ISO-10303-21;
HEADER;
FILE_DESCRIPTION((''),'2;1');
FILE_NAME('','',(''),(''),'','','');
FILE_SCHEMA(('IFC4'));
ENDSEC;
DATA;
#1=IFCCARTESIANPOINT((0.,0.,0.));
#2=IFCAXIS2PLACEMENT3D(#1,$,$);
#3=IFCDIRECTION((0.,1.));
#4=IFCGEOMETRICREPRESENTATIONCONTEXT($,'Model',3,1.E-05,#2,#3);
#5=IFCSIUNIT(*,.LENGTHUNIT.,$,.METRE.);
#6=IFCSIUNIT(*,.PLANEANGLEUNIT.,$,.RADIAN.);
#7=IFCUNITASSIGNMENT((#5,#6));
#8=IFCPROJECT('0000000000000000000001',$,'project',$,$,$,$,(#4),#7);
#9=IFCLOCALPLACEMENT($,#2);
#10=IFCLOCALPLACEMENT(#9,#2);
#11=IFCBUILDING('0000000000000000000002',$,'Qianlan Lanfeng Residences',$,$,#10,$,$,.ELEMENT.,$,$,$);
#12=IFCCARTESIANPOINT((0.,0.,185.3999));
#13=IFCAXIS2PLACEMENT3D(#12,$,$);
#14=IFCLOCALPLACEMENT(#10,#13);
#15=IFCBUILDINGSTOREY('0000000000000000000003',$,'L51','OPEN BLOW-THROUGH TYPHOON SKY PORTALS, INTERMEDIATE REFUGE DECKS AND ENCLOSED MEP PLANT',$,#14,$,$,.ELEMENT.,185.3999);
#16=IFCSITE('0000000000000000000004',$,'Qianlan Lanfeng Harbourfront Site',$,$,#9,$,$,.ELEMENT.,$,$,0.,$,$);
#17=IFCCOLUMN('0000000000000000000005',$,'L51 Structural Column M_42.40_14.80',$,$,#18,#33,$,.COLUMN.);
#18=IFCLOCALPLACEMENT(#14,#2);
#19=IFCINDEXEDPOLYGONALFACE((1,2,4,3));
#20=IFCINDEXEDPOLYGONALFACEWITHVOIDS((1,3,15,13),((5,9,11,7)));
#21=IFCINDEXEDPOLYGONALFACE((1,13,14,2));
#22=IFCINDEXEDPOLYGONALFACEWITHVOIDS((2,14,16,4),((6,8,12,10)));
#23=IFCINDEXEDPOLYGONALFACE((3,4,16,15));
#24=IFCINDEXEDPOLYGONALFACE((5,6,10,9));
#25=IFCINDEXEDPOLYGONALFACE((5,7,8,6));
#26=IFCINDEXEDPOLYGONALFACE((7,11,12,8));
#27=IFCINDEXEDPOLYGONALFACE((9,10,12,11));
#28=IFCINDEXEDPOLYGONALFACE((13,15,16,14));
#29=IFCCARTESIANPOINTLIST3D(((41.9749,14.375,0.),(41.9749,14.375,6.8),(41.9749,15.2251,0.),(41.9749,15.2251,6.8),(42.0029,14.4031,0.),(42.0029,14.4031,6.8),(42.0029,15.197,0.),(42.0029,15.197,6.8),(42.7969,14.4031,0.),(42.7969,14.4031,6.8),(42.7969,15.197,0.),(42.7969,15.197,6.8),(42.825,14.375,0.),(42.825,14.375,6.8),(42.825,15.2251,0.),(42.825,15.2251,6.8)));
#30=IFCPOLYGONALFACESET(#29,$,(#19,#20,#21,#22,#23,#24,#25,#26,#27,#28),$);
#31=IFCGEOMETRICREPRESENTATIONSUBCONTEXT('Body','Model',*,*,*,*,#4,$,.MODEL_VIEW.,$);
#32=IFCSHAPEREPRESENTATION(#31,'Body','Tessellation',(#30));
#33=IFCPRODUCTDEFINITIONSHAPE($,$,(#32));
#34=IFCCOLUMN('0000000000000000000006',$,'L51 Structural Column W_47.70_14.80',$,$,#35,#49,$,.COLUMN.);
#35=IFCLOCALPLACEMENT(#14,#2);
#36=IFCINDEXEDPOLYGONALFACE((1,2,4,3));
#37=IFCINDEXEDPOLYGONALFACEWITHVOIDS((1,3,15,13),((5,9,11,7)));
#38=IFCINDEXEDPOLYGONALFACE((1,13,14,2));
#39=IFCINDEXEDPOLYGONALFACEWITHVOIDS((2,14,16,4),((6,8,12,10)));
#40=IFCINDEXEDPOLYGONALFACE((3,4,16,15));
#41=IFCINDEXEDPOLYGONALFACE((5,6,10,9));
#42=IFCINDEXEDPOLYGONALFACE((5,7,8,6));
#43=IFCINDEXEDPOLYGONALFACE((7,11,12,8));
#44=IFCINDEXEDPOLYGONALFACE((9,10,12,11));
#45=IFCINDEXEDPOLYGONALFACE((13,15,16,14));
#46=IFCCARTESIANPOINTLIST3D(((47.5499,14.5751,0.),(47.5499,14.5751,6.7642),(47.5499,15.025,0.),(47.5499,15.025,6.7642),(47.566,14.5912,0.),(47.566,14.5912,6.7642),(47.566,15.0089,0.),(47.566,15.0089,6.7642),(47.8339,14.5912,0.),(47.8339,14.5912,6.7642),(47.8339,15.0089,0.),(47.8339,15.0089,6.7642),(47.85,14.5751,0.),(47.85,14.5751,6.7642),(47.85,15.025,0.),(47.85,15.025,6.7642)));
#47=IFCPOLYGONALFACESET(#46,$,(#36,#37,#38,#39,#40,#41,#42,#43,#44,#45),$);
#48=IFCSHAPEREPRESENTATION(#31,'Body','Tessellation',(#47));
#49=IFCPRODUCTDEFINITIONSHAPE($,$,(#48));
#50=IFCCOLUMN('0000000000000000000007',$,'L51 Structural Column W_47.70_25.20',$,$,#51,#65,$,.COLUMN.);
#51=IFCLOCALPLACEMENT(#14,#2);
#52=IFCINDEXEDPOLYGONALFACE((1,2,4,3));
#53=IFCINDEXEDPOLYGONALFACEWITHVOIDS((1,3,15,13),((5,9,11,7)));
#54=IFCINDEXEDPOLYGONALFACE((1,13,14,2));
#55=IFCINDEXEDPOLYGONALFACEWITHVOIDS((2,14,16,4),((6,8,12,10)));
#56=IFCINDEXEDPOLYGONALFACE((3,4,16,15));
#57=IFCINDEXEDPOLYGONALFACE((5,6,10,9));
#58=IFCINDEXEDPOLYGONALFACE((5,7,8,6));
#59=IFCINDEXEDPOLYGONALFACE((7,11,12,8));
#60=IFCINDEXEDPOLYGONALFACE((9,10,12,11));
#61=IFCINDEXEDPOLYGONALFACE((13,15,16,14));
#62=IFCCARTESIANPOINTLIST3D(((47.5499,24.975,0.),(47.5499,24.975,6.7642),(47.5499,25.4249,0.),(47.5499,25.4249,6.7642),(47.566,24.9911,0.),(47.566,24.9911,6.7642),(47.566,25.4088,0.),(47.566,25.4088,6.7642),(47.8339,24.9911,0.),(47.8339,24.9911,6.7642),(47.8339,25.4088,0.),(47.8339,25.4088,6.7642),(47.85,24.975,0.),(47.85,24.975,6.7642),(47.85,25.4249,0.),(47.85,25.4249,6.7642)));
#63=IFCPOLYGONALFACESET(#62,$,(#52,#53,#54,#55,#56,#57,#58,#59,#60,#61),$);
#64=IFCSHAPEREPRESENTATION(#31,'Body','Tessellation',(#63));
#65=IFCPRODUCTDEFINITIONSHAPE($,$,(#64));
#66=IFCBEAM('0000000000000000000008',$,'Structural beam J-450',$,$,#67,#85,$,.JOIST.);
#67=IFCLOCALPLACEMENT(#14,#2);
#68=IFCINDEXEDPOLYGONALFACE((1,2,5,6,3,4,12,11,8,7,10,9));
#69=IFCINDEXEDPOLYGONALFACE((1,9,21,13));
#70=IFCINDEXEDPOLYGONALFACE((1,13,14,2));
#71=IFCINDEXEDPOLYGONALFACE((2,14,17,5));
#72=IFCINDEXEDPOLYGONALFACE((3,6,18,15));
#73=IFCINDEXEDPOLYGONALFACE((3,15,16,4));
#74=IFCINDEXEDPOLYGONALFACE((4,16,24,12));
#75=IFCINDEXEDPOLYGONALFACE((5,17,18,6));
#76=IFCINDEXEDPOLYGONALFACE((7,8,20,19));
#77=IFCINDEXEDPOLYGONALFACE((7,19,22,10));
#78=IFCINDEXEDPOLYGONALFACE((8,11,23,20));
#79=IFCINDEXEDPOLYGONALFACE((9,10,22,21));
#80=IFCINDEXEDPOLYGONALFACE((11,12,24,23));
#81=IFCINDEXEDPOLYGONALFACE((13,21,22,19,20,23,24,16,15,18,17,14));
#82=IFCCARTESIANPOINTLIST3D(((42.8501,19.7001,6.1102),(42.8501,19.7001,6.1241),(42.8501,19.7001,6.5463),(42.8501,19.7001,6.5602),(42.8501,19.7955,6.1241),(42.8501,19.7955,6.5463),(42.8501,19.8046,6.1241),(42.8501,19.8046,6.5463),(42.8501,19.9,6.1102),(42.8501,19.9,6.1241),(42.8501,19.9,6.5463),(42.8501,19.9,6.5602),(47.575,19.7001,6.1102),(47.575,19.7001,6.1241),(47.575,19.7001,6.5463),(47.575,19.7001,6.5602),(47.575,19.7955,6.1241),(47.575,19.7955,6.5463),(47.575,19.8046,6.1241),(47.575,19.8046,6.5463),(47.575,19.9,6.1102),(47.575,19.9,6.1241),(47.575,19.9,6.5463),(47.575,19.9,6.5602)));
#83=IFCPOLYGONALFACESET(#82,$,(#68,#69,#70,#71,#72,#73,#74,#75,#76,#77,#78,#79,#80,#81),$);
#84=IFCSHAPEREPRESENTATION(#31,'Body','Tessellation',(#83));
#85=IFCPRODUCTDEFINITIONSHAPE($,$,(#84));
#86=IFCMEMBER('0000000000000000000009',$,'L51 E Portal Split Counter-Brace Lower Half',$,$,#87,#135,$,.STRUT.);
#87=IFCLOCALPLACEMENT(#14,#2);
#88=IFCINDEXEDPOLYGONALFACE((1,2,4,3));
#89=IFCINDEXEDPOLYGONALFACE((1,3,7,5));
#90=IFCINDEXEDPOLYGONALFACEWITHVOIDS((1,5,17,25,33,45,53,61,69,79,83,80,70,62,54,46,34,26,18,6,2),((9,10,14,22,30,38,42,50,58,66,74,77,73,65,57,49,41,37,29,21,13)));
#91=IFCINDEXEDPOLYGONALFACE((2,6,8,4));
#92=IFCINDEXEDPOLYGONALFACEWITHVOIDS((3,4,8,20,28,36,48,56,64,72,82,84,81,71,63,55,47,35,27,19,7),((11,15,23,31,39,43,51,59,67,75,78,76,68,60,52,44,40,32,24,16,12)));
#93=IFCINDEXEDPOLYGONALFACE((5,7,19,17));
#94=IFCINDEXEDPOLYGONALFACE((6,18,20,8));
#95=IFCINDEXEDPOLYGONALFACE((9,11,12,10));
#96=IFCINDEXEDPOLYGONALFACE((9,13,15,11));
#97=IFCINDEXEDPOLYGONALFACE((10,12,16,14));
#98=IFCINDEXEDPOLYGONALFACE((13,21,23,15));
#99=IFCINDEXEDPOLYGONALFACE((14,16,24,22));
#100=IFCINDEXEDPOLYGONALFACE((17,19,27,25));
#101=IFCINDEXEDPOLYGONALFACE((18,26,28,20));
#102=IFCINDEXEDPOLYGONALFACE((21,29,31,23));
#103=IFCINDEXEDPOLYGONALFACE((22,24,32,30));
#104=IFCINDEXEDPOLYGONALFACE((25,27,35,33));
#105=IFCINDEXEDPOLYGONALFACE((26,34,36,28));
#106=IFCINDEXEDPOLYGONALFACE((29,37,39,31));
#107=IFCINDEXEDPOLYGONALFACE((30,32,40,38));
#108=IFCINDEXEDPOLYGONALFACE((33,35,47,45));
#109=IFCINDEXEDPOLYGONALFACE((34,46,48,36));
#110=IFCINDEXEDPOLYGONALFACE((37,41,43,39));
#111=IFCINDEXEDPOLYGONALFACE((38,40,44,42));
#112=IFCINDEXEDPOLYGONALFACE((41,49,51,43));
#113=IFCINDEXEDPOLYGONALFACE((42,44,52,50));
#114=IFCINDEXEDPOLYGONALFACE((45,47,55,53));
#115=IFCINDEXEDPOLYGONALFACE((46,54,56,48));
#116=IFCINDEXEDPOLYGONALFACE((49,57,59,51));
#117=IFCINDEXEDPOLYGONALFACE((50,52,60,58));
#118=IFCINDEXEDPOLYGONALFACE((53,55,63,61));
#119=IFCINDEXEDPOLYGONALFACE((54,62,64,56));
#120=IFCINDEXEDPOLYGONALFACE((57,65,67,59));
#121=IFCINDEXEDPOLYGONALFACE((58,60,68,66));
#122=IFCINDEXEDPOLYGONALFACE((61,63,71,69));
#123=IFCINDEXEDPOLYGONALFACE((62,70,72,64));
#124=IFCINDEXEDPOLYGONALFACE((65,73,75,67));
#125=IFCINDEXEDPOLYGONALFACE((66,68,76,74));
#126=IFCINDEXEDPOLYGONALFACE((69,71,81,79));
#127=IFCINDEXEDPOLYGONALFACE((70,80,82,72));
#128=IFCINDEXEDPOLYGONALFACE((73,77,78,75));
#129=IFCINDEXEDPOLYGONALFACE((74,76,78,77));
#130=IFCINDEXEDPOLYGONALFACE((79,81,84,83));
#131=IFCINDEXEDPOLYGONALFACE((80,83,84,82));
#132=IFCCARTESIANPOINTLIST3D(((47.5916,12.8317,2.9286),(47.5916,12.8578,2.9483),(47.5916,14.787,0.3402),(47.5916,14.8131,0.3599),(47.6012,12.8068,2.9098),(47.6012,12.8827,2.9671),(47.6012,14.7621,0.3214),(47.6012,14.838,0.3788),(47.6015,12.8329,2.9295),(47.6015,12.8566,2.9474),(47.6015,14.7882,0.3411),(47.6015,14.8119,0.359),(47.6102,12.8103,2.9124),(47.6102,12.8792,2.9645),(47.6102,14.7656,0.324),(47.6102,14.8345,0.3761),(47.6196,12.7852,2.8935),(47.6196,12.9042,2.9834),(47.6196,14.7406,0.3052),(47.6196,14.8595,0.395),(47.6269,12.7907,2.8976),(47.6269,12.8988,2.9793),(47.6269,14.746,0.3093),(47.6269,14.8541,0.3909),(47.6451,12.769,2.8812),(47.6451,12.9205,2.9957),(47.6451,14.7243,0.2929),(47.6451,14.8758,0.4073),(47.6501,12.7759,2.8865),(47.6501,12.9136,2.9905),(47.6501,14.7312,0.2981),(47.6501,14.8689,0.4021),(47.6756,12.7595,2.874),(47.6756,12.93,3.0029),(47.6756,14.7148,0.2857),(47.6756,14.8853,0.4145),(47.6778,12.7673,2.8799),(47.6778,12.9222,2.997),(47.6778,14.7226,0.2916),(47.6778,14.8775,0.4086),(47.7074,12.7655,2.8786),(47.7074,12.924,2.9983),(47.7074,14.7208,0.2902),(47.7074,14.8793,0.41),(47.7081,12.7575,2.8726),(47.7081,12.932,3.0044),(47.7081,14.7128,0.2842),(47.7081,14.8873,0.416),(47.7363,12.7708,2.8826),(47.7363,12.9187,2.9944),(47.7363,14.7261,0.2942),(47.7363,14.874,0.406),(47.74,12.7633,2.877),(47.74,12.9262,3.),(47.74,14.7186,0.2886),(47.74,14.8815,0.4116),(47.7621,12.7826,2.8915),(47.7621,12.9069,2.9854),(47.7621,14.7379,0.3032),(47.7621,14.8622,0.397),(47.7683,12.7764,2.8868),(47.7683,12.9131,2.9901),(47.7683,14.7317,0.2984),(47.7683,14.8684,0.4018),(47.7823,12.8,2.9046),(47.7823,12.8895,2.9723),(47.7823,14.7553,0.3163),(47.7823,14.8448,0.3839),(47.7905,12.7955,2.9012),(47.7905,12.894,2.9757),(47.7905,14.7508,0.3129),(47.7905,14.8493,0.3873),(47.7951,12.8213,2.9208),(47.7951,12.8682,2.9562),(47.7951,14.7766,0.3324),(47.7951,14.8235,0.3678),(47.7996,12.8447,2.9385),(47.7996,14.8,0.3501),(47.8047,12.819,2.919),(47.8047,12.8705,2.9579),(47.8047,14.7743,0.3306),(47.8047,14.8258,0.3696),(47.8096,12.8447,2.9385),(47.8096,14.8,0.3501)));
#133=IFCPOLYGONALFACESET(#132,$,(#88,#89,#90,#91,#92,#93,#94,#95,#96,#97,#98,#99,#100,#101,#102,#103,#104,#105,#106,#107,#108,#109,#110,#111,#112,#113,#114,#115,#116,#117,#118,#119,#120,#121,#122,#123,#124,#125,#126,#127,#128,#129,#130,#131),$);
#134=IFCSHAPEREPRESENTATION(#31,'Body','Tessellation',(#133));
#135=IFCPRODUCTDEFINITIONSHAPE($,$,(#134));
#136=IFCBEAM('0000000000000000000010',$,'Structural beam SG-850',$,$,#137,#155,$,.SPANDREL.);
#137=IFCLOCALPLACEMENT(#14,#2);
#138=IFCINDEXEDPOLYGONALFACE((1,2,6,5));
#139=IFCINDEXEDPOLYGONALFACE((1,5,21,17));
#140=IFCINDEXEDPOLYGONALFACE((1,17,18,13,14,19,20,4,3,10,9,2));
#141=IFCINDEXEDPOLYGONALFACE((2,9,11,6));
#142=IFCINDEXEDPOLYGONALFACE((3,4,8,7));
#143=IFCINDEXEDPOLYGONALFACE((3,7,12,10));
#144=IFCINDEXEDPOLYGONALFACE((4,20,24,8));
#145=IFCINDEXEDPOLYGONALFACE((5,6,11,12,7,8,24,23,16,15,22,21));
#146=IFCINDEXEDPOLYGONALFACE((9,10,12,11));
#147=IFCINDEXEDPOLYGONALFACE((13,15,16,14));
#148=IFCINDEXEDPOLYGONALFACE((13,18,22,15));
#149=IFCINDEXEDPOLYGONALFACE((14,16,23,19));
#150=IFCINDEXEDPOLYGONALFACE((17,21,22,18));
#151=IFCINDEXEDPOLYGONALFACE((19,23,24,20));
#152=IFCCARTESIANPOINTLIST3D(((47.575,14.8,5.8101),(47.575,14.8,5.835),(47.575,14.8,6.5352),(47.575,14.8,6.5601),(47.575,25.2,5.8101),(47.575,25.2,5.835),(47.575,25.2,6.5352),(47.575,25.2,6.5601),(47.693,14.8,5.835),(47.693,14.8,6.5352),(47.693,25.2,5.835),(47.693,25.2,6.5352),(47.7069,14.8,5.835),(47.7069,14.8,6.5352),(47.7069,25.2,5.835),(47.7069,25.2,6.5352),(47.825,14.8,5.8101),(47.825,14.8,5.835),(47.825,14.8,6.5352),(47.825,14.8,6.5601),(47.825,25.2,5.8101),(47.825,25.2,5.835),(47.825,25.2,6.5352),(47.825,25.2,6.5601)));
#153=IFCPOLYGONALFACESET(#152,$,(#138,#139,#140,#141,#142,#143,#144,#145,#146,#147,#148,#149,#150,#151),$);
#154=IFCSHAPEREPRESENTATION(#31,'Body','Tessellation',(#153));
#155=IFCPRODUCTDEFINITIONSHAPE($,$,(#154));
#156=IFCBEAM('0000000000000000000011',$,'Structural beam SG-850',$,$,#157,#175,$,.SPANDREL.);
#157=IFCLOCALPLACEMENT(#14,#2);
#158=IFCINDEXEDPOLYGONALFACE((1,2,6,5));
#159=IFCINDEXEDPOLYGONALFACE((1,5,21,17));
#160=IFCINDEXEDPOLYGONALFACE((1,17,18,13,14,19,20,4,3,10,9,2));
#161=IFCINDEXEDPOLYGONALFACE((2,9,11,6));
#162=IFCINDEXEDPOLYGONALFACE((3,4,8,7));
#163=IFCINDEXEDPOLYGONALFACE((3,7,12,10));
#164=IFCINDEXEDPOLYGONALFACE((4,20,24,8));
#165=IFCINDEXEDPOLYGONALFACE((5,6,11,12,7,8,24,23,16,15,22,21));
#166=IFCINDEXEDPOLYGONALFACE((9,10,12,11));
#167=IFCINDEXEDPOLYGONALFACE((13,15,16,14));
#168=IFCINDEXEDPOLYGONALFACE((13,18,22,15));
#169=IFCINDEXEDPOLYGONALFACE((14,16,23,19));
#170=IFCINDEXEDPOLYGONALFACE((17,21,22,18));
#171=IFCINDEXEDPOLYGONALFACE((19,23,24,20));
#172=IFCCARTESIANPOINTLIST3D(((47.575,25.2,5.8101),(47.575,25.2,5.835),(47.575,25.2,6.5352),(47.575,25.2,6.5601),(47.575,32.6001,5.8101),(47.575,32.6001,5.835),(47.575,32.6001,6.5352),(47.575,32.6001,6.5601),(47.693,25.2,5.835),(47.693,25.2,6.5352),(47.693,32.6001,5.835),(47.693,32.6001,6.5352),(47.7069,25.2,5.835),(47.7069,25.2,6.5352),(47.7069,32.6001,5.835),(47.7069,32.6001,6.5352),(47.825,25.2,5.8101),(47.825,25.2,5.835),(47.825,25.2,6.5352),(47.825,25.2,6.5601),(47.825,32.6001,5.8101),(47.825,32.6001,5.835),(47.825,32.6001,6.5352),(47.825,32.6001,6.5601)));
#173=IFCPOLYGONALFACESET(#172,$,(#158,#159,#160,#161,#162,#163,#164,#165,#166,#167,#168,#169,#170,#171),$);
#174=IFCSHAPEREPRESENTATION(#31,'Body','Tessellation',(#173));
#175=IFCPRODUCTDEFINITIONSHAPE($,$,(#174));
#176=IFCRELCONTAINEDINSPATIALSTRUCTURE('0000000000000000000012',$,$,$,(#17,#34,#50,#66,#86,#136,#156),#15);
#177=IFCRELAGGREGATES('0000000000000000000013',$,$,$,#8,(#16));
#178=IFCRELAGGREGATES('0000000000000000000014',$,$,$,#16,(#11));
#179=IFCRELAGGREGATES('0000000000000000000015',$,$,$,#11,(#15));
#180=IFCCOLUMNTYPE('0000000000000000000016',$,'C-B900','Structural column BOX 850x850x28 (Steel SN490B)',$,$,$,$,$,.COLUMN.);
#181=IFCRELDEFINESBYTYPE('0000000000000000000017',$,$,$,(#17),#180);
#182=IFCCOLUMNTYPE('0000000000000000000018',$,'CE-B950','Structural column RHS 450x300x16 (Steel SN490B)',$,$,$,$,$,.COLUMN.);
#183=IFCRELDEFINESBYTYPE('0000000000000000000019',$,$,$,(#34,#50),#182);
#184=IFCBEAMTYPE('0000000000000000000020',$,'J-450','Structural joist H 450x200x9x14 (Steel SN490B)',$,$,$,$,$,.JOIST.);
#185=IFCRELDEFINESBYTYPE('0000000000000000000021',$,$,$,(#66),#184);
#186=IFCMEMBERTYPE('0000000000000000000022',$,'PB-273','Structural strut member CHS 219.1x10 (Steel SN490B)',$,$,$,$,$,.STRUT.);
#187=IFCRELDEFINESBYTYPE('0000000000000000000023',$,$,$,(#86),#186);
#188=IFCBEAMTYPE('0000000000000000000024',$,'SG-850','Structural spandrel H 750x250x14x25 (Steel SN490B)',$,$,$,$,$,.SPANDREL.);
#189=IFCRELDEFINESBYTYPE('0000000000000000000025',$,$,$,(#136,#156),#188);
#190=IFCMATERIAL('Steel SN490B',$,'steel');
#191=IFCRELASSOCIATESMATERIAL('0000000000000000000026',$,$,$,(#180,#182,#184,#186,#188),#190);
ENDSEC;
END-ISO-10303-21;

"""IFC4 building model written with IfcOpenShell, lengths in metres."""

from ifc_helpers import new_model, si_unit, direction, frame, origin, origin_2d, place, context, subcontext, project, spatial, hollow_rectangle, hollow_circle, i_section, extrude, material, material_profile, profile_set, type_object, element, save


model = new_model("IFC4")

# Units and contexts
model_context = context("Model", 3, precision=1e-05, world=origin(), true_north=direction((0.0, 1.0)))
body_context = subcontext(model_context, "Body", "Model", "MODEL_VIEW")
ifc_project = project(units=[si_unit("LENGTHUNIT", "METRE"), si_unit("PLANEANGLEUNIT", "RADIAN")], contexts=[model_context])

# Site, building, storey
site_placement = place(None, origin())
site = spatial("IfcSite", under=ifc_project, at=site_placement, Name="Qianlan Lanfeng Harbourfront Site", CompositionType="ELEMENT", RefElevation=0.0)
building_placement = place(site_placement, origin())
building = spatial("IfcBuilding", under=site, at=building_placement, Name="Qianlan Lanfeng Residences", CompositionType="ELEMENT")
storey_placement = place(building_placement, frame((0.0, 0.0, 185.3999)))
storey = spatial("IfcBuildingStorey", under=building, at=storey_placement, Name="L51", Description="OPEN BLOW-THROUGH TYPHOON SKY PORTALS, INTERMEDIATE REFUGE DECKS AND ENCLOSED MEP PLANT", CompositionType="ELEMENT", Elevation=185.3999)

# Columns
ifc_material_1 = material(Name="Steel SN490B", Category="steel")
ifc_material_profile_1 = material_profile(ifc_material_1, hollow_rectangle(XDim=0.8501, YDim=0.8501, WallThickness=0.0281, at=origin_2d()), Name="BOX 850x850x28")
ifc_profile_set_1 = profile_set([ifc_material_profile_1], Name="Steel SN490B")
column_type_1 = type_object("IfcColumnType", Name="C-B900", Description="Structural column BOX 850x850x28 (Steel SN490B)", PredefinedType="COLUMN", material=ifc_profile_set_1)
column_placement = place(storey_placement, frame((42.3999, 14.8, 0.0), z_axis=(0.0, 0.0, 1.0), x_axis=(1.0, 0.0, 0.0)))
element("IfcColumn", 1, at=column_placement, inside=storey, type_object=column_type_1, Name="L51 Structural Column M_42.40_14.80", PredefinedType="COLUMN", context=body_context, shape_type="SweptSolid", body=[
    extrude(hollow_rectangle(XDim=0.8501, YDim=0.8501, WallThickness=0.0281, at=origin_2d()), origin(), (0.0, 0.0, 1.0), 6.8),
])
ifc_material_profile_2 = material_profile(ifc_material_1, hollow_rectangle(XDim=0.3, YDim=0.45, WallThickness=0.0161, at=origin_2d()), Name="RHS 450x300x16")
ifc_profile_set_2 = profile_set([ifc_material_profile_2], Name="Steel SN490B")
column_type_2 = type_object("IfcColumnType", Name="CE-B950", Description="Structural column RHS 450x300x16 (Steel SN490B)", PredefinedType="COLUMN", material=ifc_profile_set_2)
for number, where, z_axis, x_axis, name in (
    (2, (47.7, 14.8, 0.0), (0.0, 0.0, 1.0), (1.0, 0.0, 0.0), "L51 Structural Column W_47.70_14.80"),
    (3, (47.7, 25.2, 0.0), (0.0, 0.0, 1.0), (1.0, 0.0, 0.0), "L51 Structural Column W_47.70_25.20"),
):
    element("IfcColumn", number, at=place(storey_placement, frame(where, z_axis=z_axis, x_axis=x_axis)), inside=storey, type_object=column_type_2, Name=name, PredefinedType="COLUMN", context=body_context, shape_type="SweptSolid", body=[
        extrude(hollow_rectangle(XDim=0.3, YDim=0.45, WallThickness=0.0161, at=origin_2d()), origin(), (0.0, 0.0, 1.0), 6.7642),
    ])

# Beam
ifc_material_profile_3 = material_profile(ifc_material_1, i_section(OverallWidth=0.2, OverallDepth=0.45, WebThickness=0.009, FlangeThickness=0.0139, at=origin_2d()), Name="H 450x200x9x14")
ifc_profile_set_3 = profile_set([ifc_material_profile_3], Name="Steel SN490B")
beam_type_1 = type_object("IfcBeamType", Name="J-450", Description="Structural joist H 450x200x9x14 (Steel SN490B)", PredefinedType="JOIST", material=ifc_profile_set_3)
beam_1_placement = place(storey_placement, frame((42.8501, 19.8, 6.3352), z_axis=(1.0, 0.0, 0.0), x_axis=(0.0, 1.0, 0.0)))
element("IfcBeam", 4, at=beam_1_placement, inside=storey, type_object=beam_type_1, Name="Structural beam J-450", PredefinedType="JOIST", context=body_context, shape_type="SweptSolid", body=[
    extrude(i_section(OverallWidth=0.2, OverallDepth=0.45, WebThickness=0.009, FlangeThickness=0.0139, at=origin_2d()), origin(), (0.0, 0.0, 1.0), 4.7249),
])

# Member
ifc_material_profile_4 = material_profile(ifc_material_1, hollow_circle(Radius=0.1096, WallThickness=0.01, at=origin_2d()), Name="CHS 219.1x10")
ifc_profile_set_4 = profile_set([ifc_material_profile_4], Name="Steel SN490B")
member_type = type_object("IfcMemberType", Name="PB-273", Description="Structural strut member CHS 219.1x10 (Steel SN490B)", PredefinedType="STRUT", material=ifc_profile_set_4)
member_placement = place(storey_placement, frame((47.7, 14.8, 0.3501), z_axis=(0.0, -0.602766, 0.797918), x_axis=(1.0, 0.0, 0.0)))
element("IfcMember", 5, at=member_placement, inside=storey, type_object=member_type, Name="L51 E Portal Split Counter-Brace Lower Half", PredefinedType="STRUT", context=body_context, shape_type="SweptSolid", body=[
    extrude(hollow_circle(Radius=0.1096, WallThickness=0.01, at=origin_2d()), origin(), (0.0, 0.0, 1.0), 3.2439),
])

# Beams
ifc_material_profile_5 = material_profile(ifc_material_1, i_section(OverallWidth=0.25, OverallDepth=0.75, WebThickness=0.0139, FlangeThickness=0.0249, at=origin_2d()), Name="H 750x250x14x25")
ifc_profile_set_5 = profile_set([ifc_material_profile_5], Name="Steel SN490B")
beam_type_2 = type_object("IfcBeamType", Name="SG-850", Description="Structural spandrel H 750x250x14x25 (Steel SN490B)", PredefinedType="SPANDREL", material=ifc_profile_set_5)
beam_2_placement = place(storey_placement, frame((47.7, 14.8, 6.1851), z_axis=(0.0, 1.0, 0.0), x_axis=(-1.0, 0.0, 0.0)))
element("IfcBeam", 6, at=beam_2_placement, inside=storey, type_object=beam_type_2, Name="Structural beam SG-850", PredefinedType="SPANDREL", context=body_context, shape_type="SweptSolid", body=[
    extrude(i_section(OverallWidth=0.25, OverallDepth=0.75, WebThickness=0.0139, FlangeThickness=0.0249, at=origin_2d()), origin(), (0.0, 0.0, 1.0), 10.3999),
])
beam_3_placement = place(storey_placement, frame((47.7, 25.2, 6.1851), z_axis=(0.0, 1.0, 0.0), x_axis=(-1.0, 0.0, 0.0)))
element("IfcBeam", 7, at=beam_3_placement, inside=storey, type_object=beam_type_2, Name="Structural beam SG-850", PredefinedType="SPANDREL", context=body_context, shape_type="SweptSolid", body=[
    extrude(i_section(OverallWidth=0.25, OverallDepth=0.75, WebThickness=0.0139, FlangeThickness=0.0249, at=origin_2d()), origin(), (0.0, 0.0, 1.0), 7.4001),
])

save(model, "model.ifc")
